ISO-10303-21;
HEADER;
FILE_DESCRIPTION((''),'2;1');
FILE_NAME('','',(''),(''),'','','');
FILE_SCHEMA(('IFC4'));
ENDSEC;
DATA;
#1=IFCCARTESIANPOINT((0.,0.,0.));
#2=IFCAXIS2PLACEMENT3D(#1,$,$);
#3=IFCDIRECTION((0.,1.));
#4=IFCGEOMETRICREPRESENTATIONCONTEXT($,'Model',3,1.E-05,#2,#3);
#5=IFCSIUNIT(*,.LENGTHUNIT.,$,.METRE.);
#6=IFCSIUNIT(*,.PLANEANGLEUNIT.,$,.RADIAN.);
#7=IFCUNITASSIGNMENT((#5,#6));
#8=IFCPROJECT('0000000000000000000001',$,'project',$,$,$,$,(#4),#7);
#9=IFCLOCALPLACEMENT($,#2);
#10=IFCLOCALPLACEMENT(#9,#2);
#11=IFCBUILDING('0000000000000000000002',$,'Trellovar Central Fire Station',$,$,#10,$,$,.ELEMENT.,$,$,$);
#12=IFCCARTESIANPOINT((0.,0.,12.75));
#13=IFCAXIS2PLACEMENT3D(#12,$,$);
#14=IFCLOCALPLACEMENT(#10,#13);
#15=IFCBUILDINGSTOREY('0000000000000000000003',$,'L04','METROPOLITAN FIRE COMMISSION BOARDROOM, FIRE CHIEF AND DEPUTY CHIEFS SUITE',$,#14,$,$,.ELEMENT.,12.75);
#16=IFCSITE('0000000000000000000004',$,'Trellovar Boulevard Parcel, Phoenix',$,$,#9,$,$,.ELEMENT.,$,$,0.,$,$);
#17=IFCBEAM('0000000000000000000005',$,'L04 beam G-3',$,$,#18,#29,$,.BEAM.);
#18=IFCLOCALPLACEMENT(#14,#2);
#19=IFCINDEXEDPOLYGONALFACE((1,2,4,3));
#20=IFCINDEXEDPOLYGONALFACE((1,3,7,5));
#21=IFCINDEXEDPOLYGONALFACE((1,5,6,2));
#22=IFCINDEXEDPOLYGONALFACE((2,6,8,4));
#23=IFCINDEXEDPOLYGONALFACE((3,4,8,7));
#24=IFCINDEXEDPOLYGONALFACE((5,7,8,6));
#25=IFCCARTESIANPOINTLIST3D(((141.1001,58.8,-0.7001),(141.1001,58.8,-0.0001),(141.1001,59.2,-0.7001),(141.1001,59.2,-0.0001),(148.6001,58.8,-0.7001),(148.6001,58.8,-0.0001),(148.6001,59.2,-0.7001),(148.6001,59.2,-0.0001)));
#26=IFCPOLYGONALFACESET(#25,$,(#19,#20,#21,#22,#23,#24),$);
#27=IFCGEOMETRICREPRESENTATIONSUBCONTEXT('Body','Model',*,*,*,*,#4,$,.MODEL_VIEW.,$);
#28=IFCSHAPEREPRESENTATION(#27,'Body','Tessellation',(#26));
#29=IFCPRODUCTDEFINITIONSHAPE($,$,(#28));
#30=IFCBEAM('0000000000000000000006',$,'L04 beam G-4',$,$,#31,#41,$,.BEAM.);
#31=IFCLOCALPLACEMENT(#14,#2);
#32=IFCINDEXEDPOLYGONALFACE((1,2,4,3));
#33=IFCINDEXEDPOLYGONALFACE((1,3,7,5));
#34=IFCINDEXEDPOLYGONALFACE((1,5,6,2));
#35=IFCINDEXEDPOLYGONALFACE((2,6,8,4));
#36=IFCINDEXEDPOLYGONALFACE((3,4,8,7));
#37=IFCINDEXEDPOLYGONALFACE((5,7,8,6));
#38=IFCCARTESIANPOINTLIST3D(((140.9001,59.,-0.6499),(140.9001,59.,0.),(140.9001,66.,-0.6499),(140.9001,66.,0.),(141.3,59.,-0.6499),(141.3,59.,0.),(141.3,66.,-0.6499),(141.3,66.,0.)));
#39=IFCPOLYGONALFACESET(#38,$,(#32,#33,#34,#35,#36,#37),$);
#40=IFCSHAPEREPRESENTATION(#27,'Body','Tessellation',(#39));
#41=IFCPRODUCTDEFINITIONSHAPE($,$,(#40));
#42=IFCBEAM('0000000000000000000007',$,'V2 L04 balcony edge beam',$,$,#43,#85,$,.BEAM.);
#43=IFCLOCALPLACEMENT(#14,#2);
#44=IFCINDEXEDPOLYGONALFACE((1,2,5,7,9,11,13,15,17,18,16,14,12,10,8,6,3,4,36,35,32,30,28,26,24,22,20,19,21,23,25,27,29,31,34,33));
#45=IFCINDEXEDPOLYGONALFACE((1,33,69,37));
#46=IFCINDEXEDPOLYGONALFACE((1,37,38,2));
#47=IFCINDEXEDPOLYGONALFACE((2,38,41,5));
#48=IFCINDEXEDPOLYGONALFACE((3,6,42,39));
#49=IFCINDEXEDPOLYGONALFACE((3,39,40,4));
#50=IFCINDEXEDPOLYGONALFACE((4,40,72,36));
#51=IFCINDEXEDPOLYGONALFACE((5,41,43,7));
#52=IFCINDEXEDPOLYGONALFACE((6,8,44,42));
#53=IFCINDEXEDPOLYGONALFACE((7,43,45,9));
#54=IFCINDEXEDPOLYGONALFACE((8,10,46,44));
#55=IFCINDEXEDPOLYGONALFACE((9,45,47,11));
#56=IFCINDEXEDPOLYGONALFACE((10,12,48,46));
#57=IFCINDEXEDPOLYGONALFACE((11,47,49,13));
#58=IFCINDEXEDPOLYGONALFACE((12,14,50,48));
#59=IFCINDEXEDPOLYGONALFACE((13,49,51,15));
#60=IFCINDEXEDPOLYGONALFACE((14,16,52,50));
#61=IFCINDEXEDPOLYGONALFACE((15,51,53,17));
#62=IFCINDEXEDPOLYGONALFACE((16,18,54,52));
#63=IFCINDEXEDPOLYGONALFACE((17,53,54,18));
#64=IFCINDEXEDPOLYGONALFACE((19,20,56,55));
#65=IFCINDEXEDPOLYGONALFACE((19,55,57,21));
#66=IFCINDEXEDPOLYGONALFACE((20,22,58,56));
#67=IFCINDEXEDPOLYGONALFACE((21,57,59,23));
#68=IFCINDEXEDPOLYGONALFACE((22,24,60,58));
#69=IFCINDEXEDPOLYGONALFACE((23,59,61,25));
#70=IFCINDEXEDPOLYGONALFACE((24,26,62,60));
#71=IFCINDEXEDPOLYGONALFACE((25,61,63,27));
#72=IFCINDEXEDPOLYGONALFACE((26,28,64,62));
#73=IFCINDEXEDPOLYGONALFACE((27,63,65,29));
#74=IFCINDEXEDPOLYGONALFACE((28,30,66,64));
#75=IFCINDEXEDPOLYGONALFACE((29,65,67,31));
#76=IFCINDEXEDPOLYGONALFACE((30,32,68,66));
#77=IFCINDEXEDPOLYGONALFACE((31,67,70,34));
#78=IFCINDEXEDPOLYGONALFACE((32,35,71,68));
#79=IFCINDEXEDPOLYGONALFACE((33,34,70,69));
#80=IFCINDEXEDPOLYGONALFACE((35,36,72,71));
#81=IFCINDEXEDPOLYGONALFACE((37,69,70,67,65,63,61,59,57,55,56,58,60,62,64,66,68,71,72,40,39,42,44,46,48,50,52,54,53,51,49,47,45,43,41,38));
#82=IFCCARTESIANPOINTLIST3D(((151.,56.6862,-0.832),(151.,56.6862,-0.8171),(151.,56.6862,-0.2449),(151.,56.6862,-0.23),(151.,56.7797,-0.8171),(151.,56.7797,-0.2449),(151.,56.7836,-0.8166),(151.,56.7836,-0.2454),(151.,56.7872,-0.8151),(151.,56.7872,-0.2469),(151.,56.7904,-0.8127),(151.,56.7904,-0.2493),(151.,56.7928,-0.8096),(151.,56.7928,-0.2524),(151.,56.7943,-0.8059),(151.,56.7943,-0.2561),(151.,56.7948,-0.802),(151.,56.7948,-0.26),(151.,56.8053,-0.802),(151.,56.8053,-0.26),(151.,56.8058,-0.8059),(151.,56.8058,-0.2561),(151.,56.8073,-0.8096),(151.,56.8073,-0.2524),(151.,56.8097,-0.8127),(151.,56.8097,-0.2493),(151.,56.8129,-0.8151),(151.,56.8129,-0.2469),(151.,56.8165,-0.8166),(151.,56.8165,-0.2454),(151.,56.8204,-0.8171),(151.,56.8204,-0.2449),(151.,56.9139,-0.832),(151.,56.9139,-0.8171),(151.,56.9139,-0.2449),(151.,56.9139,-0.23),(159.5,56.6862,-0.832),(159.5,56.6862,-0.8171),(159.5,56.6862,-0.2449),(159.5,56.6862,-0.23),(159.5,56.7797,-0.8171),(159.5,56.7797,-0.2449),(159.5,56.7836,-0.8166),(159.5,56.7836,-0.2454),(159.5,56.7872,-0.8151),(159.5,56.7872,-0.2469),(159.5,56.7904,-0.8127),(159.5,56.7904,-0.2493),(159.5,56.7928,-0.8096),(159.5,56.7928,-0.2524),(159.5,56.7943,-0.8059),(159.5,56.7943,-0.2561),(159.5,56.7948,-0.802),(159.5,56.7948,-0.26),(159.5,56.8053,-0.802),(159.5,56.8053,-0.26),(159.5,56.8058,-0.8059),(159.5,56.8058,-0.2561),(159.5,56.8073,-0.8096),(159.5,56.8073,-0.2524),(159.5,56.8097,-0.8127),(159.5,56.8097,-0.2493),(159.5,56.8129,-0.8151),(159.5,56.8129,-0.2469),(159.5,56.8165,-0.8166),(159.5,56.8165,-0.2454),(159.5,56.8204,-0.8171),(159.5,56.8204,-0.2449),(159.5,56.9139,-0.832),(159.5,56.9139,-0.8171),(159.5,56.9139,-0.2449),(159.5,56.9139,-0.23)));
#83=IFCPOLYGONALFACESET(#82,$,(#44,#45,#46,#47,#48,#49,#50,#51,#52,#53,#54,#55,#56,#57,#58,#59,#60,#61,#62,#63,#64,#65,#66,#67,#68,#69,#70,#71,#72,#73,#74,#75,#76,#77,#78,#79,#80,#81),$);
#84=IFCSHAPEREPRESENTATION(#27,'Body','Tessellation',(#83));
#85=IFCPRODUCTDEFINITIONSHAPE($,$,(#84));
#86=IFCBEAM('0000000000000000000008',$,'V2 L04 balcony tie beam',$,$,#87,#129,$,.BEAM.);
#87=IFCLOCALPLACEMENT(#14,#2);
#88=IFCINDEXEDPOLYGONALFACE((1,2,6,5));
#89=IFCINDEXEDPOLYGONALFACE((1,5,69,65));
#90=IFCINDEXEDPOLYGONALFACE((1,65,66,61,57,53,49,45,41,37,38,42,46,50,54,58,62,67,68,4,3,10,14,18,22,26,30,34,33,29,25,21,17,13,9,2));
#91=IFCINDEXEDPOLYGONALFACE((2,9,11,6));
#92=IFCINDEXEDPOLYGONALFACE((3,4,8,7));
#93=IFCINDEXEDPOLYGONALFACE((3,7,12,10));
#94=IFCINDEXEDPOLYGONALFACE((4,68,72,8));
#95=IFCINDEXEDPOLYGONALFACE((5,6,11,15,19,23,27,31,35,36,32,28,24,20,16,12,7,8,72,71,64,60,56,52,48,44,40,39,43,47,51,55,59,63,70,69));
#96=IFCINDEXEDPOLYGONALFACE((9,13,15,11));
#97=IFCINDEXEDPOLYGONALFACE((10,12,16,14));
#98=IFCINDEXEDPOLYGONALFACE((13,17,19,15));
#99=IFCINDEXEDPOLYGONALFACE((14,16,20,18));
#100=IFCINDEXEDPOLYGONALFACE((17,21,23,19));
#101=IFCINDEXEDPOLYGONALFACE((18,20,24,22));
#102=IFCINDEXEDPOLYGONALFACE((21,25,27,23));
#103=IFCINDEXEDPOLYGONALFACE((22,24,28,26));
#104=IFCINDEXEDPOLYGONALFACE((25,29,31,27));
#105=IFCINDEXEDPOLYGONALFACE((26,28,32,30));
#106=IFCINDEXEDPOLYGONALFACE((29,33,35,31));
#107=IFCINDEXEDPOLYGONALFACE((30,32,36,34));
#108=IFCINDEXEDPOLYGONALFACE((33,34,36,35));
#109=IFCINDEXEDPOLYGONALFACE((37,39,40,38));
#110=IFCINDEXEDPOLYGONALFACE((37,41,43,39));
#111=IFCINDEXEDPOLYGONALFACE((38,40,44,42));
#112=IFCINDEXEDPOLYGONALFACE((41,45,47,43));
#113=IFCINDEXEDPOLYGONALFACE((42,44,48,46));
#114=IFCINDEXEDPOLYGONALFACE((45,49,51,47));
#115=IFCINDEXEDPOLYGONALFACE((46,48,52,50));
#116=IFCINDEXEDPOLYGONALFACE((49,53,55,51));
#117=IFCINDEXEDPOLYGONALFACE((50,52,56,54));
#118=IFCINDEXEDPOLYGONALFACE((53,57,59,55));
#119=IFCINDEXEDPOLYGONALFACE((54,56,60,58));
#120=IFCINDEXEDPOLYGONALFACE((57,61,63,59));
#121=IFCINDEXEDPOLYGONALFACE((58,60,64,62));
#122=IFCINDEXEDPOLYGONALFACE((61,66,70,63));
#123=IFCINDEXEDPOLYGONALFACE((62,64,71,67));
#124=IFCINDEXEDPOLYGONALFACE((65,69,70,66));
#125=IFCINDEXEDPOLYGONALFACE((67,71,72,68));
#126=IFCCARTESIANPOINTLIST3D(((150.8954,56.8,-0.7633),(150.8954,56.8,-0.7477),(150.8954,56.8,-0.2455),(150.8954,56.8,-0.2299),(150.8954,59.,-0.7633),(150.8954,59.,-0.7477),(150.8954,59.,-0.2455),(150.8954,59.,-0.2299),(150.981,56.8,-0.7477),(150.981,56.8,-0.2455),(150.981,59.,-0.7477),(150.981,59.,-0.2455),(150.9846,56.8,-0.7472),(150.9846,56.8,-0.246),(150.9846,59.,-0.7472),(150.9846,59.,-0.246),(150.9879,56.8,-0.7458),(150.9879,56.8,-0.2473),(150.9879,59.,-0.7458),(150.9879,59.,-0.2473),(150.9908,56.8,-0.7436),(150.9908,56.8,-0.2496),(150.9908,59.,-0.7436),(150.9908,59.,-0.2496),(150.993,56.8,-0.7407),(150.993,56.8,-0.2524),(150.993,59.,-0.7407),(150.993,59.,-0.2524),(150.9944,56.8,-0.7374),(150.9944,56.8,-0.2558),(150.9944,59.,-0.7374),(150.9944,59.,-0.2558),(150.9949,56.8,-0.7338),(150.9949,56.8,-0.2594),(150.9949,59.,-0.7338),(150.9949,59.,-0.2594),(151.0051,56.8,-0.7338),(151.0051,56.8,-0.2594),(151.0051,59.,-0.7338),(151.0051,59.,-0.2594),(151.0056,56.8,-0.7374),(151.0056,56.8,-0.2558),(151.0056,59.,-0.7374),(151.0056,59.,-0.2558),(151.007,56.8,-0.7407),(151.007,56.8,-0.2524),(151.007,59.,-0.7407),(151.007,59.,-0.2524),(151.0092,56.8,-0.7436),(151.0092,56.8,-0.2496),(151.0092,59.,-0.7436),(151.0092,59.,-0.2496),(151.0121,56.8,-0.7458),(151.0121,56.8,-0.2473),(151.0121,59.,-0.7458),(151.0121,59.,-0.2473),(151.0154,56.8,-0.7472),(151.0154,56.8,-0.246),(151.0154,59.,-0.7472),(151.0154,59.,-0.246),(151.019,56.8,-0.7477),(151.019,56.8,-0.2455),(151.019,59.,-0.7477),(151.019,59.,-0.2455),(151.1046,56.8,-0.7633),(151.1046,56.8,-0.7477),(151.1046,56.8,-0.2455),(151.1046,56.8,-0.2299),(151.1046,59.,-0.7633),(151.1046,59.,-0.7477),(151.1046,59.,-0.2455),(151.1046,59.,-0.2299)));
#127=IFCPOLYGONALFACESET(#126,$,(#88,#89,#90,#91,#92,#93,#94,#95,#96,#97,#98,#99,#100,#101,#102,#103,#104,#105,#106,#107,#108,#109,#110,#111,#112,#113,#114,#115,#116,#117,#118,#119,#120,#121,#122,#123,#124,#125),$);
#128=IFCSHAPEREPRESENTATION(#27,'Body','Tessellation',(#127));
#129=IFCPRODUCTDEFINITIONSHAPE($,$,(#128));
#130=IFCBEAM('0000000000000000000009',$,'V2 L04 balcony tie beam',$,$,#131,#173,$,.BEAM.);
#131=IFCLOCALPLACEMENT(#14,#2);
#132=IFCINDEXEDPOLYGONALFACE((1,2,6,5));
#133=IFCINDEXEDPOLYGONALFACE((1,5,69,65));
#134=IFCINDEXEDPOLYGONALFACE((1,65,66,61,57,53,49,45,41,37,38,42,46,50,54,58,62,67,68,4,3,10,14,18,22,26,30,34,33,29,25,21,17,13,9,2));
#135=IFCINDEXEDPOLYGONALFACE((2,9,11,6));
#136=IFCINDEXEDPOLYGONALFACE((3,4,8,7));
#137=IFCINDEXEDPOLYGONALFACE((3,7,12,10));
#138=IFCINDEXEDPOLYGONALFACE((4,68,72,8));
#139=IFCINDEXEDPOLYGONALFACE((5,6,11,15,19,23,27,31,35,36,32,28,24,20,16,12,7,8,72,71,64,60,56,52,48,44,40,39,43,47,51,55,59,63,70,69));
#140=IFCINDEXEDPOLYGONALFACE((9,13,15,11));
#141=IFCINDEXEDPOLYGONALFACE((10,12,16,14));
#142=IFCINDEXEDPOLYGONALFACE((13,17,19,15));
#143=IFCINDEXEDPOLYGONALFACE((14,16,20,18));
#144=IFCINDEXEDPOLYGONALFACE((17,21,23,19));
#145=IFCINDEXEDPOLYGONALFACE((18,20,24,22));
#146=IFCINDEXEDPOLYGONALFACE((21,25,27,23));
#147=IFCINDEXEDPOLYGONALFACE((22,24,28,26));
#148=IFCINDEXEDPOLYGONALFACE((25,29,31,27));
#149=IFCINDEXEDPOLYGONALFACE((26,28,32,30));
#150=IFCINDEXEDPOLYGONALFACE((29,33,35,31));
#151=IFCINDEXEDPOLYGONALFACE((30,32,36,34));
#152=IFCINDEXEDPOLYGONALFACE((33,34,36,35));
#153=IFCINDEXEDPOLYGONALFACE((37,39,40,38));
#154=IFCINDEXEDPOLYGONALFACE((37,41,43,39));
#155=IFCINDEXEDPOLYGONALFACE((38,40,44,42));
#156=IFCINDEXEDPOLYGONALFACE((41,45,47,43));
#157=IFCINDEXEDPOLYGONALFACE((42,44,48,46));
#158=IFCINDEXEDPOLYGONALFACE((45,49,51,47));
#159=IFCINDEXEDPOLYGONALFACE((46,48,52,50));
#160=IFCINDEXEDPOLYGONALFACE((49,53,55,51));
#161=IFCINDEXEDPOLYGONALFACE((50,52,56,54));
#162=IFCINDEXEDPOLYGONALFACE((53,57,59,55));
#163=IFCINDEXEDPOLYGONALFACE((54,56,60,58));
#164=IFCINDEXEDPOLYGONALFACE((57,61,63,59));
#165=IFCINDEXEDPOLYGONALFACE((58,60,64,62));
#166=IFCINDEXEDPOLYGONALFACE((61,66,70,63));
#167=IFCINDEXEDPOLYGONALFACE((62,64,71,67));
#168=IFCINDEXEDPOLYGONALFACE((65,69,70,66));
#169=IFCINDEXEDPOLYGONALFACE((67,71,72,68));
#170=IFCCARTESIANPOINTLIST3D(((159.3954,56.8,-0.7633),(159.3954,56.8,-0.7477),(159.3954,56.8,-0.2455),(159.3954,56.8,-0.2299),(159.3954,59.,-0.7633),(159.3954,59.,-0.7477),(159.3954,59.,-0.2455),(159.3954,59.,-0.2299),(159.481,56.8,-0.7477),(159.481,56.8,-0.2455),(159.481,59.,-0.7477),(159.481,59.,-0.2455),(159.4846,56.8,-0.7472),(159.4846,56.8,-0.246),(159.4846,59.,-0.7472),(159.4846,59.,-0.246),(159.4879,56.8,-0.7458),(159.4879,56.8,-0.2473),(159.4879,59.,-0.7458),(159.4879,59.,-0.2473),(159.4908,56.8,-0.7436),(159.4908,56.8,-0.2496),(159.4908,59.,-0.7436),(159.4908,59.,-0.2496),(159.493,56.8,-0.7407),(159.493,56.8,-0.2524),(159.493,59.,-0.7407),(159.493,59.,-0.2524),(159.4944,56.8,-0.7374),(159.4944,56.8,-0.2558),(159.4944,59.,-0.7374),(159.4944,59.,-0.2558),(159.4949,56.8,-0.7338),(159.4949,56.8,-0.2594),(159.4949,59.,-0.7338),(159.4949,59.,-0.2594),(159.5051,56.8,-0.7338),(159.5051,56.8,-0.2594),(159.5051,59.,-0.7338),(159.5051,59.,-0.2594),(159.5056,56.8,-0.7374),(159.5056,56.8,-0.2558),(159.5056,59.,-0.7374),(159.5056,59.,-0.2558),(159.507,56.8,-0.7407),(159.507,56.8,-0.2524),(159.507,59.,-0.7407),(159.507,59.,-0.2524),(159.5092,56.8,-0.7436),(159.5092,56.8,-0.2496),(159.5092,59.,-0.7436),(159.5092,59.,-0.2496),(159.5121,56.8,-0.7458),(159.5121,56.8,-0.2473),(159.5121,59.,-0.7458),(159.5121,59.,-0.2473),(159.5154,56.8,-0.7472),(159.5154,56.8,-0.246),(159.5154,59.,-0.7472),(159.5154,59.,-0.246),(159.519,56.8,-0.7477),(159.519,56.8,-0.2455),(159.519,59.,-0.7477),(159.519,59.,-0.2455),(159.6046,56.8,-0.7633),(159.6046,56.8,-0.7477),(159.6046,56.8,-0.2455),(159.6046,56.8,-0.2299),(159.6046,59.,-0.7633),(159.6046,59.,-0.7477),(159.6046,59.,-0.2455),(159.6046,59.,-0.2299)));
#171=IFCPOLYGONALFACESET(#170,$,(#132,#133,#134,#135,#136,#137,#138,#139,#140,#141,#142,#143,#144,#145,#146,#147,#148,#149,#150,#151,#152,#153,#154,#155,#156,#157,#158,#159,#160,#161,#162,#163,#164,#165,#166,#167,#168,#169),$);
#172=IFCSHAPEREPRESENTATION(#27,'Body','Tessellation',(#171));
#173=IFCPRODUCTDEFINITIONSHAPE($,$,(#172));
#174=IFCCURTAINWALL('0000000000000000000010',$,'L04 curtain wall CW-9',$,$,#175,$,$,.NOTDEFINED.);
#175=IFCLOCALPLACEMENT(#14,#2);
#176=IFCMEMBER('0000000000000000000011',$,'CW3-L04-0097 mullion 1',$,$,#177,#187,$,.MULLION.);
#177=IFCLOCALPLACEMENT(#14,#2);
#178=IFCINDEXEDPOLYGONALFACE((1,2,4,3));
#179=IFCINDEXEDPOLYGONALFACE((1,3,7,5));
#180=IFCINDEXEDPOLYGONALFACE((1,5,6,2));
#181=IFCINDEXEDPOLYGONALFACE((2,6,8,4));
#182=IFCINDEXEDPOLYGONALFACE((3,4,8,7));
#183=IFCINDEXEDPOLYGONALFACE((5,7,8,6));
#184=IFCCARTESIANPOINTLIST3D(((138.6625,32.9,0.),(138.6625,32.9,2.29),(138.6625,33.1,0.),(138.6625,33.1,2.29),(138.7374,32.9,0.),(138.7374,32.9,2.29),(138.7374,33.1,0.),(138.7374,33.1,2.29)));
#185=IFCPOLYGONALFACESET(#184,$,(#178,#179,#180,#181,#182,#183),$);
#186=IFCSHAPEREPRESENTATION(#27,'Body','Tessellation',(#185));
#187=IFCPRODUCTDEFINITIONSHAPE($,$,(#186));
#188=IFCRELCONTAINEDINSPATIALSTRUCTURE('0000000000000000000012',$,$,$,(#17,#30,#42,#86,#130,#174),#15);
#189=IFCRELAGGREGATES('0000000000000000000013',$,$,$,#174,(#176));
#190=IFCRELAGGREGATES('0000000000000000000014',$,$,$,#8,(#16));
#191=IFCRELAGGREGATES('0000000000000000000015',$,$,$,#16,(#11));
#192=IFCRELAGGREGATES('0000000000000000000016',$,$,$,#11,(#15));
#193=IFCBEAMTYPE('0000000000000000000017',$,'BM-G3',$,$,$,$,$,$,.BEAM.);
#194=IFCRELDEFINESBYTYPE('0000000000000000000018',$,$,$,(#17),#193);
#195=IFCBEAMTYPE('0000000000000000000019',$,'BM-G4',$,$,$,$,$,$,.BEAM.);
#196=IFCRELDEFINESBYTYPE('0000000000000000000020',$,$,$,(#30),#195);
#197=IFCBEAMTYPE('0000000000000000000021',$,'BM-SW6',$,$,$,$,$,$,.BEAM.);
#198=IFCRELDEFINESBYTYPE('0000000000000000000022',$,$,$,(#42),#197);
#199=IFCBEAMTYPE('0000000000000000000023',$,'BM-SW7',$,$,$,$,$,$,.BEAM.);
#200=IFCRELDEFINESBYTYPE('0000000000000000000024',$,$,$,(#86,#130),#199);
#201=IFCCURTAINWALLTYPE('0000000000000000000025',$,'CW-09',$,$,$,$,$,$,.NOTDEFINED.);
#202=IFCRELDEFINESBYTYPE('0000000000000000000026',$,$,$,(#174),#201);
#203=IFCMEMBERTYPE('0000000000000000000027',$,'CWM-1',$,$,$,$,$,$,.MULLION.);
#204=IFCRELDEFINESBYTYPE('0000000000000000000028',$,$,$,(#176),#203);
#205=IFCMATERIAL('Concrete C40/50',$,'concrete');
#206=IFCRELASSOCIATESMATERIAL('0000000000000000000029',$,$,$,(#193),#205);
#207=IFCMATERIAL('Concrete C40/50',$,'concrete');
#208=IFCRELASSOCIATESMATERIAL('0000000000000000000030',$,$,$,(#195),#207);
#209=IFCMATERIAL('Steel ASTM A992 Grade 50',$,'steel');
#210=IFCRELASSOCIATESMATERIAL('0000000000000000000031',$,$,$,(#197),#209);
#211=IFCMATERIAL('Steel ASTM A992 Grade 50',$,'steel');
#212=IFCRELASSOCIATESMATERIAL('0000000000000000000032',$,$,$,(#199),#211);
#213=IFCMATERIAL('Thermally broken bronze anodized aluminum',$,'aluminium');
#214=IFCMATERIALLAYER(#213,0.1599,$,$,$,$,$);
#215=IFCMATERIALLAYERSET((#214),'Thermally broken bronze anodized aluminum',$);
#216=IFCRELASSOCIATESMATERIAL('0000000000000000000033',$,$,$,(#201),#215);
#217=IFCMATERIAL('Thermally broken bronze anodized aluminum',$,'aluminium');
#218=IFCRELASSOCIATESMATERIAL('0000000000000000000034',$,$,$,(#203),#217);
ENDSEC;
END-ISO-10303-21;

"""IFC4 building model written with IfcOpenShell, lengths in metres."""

from ifc_helpers import new_model, si_unit, direction, frame, origin, origin_2d, place, context, subcontext, project, spatial, rectangle, i_section, extrude, material, layer, layer_set, material_profile, profile_set, type_object, element, aggregate, save


model = new_model("IFC4")

# Units and contexts
model_context = context("Model", 3, precision=1e-05, world=origin(), true_north=direction((0.0, 1.0)))
body_context = subcontext(model_context, "Body", "Model", "MODEL_VIEW")
ifc_project = project(units=[si_unit("LENGTHUNIT", "METRE"), si_unit("PLANEANGLEUNIT", "RADIAN")], contexts=[model_context])

# Site, building, storey
site_placement = place(None, origin())
site = spatial("IfcSite", under=ifc_project, at=site_placement, Name="Trellovar Boulevard Parcel, Phoenix", CompositionType="ELEMENT", RefElevation=0.0)
building_placement = place(site_placement, origin())
building = spatial("IfcBuilding", under=site, at=building_placement, Name="Trellovar Central Fire Station", CompositionType="ELEMENT")
storey_placement = place(building_placement, frame((0.0, 0.0, 12.75)))
storey = spatial("IfcBuildingStorey", under=building, at=storey_placement, Name="L04", Description="METROPOLITAN FIRE COMMISSION BOARDROOM, FIRE CHIEF AND DEPUTY CHIEFS SUITE", CompositionType="ELEMENT", Elevation=12.75)

# Beams
ifc_material_1 = material(Name="Concrete C40/50", Category="concrete")
ifc_material_profile_1 = material_profile(ifc_material_1, rectangle(XDim=0.3999, YDim=0.7, at=origin_2d()), Name="RC400X700")
ifc_profile_set_1 = profile_set([ifc_material_profile_1], Name="Concrete C40/50")
beam_type_1 = type_object("IfcBeamType", Name="BM-G3", PredefinedType="BEAM", material=ifc_profile_set_1)
beam_1_placement = place(storey_placement, frame((141.1001, 59.0, -0.3501), z_axis=(1.0, 0.0, 0.0), x_axis=(0.0, 1.0, 0.0)))
element("IfcBeam", 1, at=beam_1_placement, inside=storey, type_object=beam_type_1, Name="L04 beam G-3", PredefinedType="BEAM", context=body_context, shape_type="SweptSolid", body=[
    extrude(rectangle(XDim=0.3999, YDim=0.7, at=origin_2d()), origin(), (0.0, 0.0, 1.0), 7.5),
])
ifc_material_2 = material(Name="Concrete C40/50", Category="concrete")
ifc_material_profile_2 = material_profile(ifc_material_2, rectangle(XDim=0.3999, YDim=0.6499, at=origin_2d()), Name="RC400X650")
ifc_profile_set_2 = profile_set([ifc_material_profile_2], Name="Concrete C40/50")
beam_type_2 = type_object("IfcBeamType", Name="BM-G4", PredefinedType="BEAM", material=ifc_profile_set_2)
beam_2_placement = place(storey_placement, frame((141.1001, 59.0, -0.325), z_axis=(0.0, 1.0, 0.0), x_axis=(-1.0, 0.0, 0.0)))
element("IfcBeam", 2, at=beam_2_placement, inside=storey, type_object=beam_type_2, Name="L04 beam G-4", PredefinedType="BEAM", context=body_context, shape_type="SweptSolid", body=[
    extrude(rectangle(XDim=0.3999, YDim=0.6499, at=origin_2d()), origin(), (0.0, 0.0, 1.0), 7.0),
])
ifc_material_3 = material(Name="Steel ASTM A992 Grade 50", Category="steel")
ifc_material_profile_3 = material_profile(ifc_material_3, i_section(OverallWidth=0.2278, OverallDepth=0.6021, WebThickness=0.0105, FlangeThickness=0.0149, FilletRadius=0.0151, at=origin_2d()), Name="W24X68")
ifc_profile_set_3 = profile_set([ifc_material_profile_3], Name="Steel ASTM A992 Grade 50")
beam_type_3 = type_object("IfcBeamType", Name="BM-SW6", PredefinedType="BEAM", material=ifc_profile_set_3)
beam_3_placement = place(storey_placement, frame((151.0, 56.8, -0.531), z_axis=(1.0, 0.0, 0.0), x_axis=(0.0, 1.0, 0.0)))
element("IfcBeam", 3, at=beam_3_placement, inside=storey, type_object=beam_type_3, Name="V2 L04 balcony edge beam", PredefinedType="BEAM", context=body_context, shape_type="SweptSolid", body=[
    extrude(i_section(OverallWidth=0.2278, OverallDepth=0.6021, WebThickness=0.0105, FlangeThickness=0.0149, FilletRadius=0.0151, at=origin_2d()), origin(), (0.0, 0.0, 1.0), 8.5),
])
ifc_material_4 = material(Name="Steel ASTM A992 Grade 50", Category="steel")
ifc_material_profile_4 = material_profile(ifc_material_4, i_section(OverallWidth=0.2092, OverallDepth=0.5334, WebThickness=0.0103, FlangeThickness=0.0156, FilletRadius=0.0139, at=origin_2d()), Name="W21X62")
ifc_profile_set_4 = profile_set([ifc_material_profile_4], Name="Steel ASTM A992 Grade 50")
beam_type_4 = type_object("IfcBeamType", Name="BM-SW7", PredefinedType="BEAM", material=ifc_profile_set_4)
for number, where, z_axis, x_axis, name in (
    (4, (151.0, 56.8, -0.4966), (0.0, 1.0, 0.0), (-1.0, 0.0, 0.0), "V2 L04 balcony tie beam"),
    (5, (159.5, 56.8, -0.4966), (0.0, 1.0, 0.0), (-1.0, 0.0, 0.0), "V2 L04 balcony tie beam"),
):
    element("IfcBeam", number, at=place(storey_placement, frame(where, z_axis=z_axis, x_axis=x_axis)), inside=storey, type_object=beam_type_4, Name=name, PredefinedType="BEAM", context=body_context, shape_type="SweptSolid", body=[
        extrude(i_section(OverallWidth=0.2092, OverallDepth=0.5334, WebThickness=0.0103, FlangeThickness=0.0156, FilletRadius=0.0139, at=origin_2d()), origin(), (0.0, 0.0, 1.0), 2.2),
    ])

# Curtain wall, member
ifc_material_5 = material(Name="Thermally broken bronze anodized aluminum", Category="aluminium")
ifc_layer_1 = layer(ifc_material_5, 0.1599)
ifc_layer_set_1 = layer_set([ifc_layer_1], Name="Thermally broken bronze anodized aluminum")
curtain_wall_type = type_object("IfcCurtainWallType", Name="CW-09", PredefinedType="NOTDEFINED", material=ifc_layer_set_1)
curtain_wall_placement = place(storey_placement, origin())
curtain_wall = element("IfcCurtainWall", 6, at=curtain_wall_placement, inside=storey, type_object=curtain_wall_type, Name="L04 curtain wall CW-9", PredefinedType="NOTDEFINED")
ifc_material_6 = material(Name="Thermally broken bronze anodized aluminum", Category="aluminium")
ifc_material_profile_5 = material_profile(ifc_material_6, rectangle(XDim=0.075, YDim=0.2, at=origin_2d()), Name="ALU75X200")
ifc_profile_set_5 = profile_set([ifc_material_profile_5], Name="Thermally broken bronze anodized aluminum")
member_type_1 = type_object("IfcMemberType", Name="CWM-1", PredefinedType="MULLION", material=ifc_profile_set_5)
member_1_placement = place(storey_placement, frame((138.7, 33.0, 0.0), z_axis=(0.0, 0.0, 1.0), x_axis=(1.0, 0.0, 0.0)))
member_1 = element("IfcMember", 7, at=member_1_placement, type_object=member_type_1, Name="CW3-L04-0097 mullion 1", PredefinedType="MULLION", context=body_context, shape_type="SweptSolid", body=[
    extrude(rectangle(XDim=0.075, YDim=0.2, at=origin_2d()), origin(), (0.0, 0.0, 1.0), 2.29),
])

aggregate(curtain_wall, [member_1])

save(model, "model.ifc")
